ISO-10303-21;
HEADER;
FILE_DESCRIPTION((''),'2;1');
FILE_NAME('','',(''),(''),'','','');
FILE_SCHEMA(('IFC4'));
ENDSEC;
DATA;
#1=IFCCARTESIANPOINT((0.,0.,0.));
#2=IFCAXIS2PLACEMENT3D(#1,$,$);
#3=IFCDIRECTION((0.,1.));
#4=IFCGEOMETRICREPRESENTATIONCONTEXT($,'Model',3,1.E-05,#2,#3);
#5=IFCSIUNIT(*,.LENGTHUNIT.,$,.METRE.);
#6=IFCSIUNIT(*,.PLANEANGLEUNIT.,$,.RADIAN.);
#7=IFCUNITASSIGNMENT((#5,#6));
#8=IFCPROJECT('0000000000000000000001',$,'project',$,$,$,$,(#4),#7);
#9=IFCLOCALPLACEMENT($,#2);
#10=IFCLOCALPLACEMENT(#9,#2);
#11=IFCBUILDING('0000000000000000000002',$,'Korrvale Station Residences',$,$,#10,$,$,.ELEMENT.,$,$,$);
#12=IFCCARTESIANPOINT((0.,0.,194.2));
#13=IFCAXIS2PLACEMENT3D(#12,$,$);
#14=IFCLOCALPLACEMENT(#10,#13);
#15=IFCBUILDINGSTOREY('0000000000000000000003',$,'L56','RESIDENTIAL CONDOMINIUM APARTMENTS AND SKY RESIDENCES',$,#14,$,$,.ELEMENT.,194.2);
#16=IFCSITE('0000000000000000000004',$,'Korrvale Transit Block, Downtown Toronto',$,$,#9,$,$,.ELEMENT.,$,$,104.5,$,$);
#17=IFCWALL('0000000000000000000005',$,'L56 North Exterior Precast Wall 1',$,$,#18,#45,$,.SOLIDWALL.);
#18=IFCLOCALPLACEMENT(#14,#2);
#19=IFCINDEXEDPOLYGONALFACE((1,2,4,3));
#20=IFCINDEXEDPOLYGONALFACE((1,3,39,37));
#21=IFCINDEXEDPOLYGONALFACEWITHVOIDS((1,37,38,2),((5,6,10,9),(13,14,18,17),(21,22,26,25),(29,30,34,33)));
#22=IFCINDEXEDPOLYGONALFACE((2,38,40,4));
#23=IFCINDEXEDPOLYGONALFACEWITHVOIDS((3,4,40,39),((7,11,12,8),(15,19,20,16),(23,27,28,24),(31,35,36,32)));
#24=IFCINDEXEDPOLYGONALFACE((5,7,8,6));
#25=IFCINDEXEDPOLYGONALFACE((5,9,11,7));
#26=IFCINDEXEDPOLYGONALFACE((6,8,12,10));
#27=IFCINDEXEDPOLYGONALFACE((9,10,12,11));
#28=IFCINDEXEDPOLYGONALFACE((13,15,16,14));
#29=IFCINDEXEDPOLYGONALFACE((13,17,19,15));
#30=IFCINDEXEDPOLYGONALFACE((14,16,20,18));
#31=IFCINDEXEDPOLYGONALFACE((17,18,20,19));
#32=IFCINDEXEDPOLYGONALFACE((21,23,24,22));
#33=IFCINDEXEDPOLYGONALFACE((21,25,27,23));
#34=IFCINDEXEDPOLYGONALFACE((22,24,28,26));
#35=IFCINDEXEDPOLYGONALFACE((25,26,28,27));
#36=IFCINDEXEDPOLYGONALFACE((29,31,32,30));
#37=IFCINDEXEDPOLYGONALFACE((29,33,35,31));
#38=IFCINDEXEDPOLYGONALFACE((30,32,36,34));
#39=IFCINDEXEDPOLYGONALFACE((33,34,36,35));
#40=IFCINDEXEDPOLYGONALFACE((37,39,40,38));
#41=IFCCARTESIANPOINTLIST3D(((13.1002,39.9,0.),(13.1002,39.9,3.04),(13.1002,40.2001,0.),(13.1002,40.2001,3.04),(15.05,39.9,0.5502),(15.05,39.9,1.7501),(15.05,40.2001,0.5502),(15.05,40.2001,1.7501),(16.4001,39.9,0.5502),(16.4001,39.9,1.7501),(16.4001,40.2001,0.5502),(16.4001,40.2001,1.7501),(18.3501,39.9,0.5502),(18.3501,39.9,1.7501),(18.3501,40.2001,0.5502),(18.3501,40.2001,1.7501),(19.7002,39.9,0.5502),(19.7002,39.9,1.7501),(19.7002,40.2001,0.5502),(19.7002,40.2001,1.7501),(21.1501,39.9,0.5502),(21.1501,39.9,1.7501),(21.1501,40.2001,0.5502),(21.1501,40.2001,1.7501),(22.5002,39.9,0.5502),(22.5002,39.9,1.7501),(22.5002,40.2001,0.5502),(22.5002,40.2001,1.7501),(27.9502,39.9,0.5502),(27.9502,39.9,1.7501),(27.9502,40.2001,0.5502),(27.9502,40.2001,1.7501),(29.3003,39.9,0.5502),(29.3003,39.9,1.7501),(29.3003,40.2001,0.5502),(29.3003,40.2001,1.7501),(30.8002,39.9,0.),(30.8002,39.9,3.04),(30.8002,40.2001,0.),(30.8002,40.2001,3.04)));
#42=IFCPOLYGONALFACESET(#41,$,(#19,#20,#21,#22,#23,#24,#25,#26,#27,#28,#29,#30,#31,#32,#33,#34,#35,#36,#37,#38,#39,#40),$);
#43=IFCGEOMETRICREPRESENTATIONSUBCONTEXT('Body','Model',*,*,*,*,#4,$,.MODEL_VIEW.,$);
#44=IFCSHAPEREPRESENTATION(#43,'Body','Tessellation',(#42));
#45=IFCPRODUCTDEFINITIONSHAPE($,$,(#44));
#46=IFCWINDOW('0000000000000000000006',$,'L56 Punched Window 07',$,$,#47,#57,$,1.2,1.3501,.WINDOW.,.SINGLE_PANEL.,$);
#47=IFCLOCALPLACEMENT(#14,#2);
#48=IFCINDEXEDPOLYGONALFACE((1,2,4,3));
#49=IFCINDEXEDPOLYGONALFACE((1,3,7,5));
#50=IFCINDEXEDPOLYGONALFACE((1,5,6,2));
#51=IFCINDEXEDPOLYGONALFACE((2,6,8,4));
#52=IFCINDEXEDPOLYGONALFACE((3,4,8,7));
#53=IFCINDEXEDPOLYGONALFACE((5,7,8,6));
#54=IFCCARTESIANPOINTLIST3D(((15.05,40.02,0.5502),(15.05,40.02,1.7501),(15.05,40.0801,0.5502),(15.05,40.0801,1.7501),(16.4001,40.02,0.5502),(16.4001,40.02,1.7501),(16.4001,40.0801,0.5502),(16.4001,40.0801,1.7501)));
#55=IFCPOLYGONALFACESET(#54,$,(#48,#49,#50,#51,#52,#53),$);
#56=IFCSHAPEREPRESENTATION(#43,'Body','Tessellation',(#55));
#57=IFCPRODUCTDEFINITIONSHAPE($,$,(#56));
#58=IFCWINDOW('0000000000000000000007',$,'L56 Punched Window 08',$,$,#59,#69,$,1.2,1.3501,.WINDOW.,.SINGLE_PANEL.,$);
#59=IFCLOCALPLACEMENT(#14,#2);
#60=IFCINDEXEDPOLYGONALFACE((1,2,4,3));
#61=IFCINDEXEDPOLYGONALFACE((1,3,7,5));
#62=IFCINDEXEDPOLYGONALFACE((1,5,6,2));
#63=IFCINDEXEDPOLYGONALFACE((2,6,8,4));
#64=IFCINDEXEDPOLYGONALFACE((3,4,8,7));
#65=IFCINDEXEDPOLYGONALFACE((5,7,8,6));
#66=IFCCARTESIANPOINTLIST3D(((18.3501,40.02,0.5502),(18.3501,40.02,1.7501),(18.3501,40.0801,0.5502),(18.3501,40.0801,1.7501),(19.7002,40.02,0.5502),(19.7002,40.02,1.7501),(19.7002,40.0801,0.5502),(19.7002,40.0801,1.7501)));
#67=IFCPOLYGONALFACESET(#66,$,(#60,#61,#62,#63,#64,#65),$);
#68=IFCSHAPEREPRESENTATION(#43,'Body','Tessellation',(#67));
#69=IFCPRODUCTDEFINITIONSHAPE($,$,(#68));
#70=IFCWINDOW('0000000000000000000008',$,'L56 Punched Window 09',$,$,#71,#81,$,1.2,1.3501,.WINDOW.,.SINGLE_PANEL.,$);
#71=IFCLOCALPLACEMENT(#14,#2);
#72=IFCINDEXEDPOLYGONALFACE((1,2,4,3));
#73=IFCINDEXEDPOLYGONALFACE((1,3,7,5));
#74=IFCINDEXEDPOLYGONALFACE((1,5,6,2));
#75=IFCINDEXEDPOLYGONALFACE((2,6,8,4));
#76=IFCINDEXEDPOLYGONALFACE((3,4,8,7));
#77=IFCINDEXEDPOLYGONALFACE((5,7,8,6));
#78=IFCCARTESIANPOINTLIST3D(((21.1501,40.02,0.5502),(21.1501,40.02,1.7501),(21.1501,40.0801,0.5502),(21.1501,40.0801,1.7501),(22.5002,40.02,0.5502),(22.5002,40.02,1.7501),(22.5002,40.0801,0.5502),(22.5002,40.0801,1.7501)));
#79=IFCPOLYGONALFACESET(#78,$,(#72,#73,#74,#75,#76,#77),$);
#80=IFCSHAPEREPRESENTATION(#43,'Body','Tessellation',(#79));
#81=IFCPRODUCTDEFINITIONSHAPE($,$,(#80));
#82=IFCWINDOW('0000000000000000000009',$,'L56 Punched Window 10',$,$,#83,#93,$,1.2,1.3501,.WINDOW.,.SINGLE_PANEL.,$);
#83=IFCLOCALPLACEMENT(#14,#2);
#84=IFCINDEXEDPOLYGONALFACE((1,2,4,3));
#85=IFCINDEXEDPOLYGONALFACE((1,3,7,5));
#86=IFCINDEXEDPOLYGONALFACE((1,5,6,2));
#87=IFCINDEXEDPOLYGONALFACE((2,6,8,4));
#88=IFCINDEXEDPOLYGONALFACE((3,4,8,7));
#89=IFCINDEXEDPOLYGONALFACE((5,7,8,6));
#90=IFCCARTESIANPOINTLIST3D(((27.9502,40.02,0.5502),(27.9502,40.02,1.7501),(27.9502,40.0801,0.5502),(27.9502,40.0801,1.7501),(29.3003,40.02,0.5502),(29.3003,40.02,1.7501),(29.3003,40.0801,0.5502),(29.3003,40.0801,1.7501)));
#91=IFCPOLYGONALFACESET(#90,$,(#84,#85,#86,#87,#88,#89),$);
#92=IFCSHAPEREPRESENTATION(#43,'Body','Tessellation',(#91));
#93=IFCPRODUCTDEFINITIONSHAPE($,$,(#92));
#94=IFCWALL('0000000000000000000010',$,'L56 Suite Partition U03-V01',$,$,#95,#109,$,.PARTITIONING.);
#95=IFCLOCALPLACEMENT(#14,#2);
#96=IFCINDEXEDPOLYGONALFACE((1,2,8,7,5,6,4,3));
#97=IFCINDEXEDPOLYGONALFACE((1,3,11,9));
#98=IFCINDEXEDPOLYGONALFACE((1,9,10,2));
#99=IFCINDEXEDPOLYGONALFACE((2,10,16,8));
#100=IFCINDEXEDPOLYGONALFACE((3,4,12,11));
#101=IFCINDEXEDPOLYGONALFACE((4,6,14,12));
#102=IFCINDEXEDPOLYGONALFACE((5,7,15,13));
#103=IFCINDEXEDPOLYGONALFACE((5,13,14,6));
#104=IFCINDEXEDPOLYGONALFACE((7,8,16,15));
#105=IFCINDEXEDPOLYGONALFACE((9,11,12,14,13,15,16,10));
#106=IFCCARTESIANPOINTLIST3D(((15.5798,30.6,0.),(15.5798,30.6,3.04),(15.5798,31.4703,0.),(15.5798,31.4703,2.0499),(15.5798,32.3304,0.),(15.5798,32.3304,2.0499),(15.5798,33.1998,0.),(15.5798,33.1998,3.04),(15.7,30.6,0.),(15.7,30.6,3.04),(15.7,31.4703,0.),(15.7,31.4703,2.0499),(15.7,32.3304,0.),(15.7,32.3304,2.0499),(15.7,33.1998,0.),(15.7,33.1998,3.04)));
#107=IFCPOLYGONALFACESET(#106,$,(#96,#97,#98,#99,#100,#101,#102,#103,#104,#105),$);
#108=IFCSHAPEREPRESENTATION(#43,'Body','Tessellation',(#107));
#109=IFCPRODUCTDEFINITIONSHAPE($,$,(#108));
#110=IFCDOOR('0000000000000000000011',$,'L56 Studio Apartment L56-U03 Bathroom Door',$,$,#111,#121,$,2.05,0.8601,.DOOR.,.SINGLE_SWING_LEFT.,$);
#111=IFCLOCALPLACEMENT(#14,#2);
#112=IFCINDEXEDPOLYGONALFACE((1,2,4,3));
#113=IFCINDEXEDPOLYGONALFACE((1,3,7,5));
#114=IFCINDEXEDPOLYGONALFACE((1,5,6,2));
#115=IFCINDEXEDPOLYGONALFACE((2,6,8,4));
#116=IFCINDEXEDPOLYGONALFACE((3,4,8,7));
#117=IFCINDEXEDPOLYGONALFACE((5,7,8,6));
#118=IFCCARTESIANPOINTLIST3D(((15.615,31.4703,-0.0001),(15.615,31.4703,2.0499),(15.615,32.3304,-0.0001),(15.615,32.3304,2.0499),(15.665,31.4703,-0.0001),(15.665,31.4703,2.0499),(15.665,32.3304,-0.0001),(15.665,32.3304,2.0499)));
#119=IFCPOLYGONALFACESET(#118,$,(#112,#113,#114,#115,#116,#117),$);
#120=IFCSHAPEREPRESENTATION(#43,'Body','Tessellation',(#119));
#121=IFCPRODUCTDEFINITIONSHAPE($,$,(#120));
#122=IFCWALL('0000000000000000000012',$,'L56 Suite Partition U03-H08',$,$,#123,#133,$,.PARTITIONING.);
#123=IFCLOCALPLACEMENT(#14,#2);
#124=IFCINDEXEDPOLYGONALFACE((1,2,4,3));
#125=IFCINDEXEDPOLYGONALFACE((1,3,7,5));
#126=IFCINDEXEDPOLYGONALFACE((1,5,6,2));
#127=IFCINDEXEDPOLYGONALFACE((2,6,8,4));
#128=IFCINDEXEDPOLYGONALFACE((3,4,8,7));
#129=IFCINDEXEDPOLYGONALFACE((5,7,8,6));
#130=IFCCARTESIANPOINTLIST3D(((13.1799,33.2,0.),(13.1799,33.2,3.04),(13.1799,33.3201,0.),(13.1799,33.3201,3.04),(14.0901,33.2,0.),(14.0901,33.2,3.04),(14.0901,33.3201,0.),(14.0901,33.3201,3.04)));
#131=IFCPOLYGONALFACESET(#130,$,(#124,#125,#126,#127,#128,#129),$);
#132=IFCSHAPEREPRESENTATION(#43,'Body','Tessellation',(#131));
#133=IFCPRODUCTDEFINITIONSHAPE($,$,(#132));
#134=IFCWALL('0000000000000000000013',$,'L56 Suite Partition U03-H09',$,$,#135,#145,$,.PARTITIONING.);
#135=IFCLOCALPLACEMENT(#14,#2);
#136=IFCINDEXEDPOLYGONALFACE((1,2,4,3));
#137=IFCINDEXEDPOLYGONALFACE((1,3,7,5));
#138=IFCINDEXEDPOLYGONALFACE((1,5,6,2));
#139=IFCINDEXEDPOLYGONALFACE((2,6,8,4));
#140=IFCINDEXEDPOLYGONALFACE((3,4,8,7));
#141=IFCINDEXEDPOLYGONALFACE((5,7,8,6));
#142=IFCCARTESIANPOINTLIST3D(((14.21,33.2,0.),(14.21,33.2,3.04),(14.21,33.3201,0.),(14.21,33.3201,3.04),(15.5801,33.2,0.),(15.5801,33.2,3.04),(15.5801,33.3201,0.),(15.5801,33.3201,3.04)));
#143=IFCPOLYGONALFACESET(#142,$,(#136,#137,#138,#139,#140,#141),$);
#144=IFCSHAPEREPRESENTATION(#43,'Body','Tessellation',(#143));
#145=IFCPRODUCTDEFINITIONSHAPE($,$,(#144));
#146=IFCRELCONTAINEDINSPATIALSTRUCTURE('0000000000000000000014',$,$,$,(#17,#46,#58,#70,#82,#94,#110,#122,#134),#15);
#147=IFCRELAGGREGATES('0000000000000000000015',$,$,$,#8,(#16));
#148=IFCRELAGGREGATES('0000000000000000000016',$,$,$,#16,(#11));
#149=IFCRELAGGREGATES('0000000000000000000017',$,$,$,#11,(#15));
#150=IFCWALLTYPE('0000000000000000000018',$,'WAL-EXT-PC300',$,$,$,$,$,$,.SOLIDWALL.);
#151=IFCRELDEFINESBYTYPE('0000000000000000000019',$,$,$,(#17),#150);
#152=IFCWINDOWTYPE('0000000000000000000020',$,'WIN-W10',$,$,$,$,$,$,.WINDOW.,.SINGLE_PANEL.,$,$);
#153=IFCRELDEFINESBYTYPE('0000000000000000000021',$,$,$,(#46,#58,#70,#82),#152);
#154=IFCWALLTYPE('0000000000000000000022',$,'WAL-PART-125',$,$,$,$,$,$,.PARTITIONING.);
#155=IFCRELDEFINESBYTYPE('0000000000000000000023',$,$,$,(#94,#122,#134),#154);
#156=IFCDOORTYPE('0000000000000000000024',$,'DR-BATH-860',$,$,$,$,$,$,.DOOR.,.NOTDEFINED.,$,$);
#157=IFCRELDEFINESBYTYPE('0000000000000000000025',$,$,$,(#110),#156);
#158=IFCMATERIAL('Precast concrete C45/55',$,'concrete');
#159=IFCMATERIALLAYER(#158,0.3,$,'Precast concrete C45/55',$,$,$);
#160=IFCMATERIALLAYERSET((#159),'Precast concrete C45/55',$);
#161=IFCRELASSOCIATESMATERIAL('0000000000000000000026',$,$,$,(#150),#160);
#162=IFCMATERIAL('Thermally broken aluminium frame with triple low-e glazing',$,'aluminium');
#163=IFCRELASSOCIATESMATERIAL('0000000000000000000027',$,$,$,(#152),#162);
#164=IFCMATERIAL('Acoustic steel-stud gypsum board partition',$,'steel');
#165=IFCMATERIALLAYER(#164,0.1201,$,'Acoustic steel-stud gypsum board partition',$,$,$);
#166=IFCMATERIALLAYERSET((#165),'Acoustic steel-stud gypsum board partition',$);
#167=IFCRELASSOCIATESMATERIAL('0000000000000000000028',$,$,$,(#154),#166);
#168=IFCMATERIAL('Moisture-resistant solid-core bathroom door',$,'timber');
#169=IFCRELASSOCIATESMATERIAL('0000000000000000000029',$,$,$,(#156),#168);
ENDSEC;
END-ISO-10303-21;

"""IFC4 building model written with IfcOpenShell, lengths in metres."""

from ifc_helpers import new_model, si_unit, direction, frame, frame_2d, origin, place, context, subcontext, project, spatial, rectangle, extrude, material, layer, layer_set, type_object, element, fill, save


model = new_model("IFC4")

# Units and contexts
model_context = context("Model", 3, precision=1e-05, world=origin(), true_north=direction((0.0, 1.0)))
body_context = subcontext(model_context, "Body", "Model", "MODEL_VIEW")
ifc_project = project(units=[si_unit("LENGTHUNIT", "METRE"), si_unit("PLANEANGLEUNIT", "RADIAN")], contexts=[model_context])

# Site, building, storey
site_placement = place(None, origin())
site = spatial("IfcSite", under=ifc_project, at=site_placement, Name="Korrvale Transit Block, Downtown Toronto", CompositionType="ELEMENT", RefElevation=104.5)
building_placement = place(site_placement, origin())
building = spatial("IfcBuilding", under=site, at=building_placement, Name="Korrvale Station Residences", CompositionType="ELEMENT")
storey_placement = place(building_placement, frame((0.0, 0.0, 194.2)))
storey = spatial("IfcBuildingStorey", under=building, at=storey_placement, Name="L56", Description="RESIDENTIAL CONDOMINIUM APARTMENTS AND SKY RESIDENCES", CompositionType="ELEMENT", Elevation=194.2)

# Shared definitions
ifc_material_1 = material(Name="Precast concrete C45/55", Category="concrete")

# Wall, openings, windows
ifc_layer_1 = layer(ifc_material_1, 0.3, Name="Precast concrete C45/55")
ifc_layer_set_1 = layer_set([ifc_layer_1], Name="Precast concrete C45/55")
wall_type_1 = type_object("IfcWallType", Name="WAL-EXT-PC300", PredefinedType="SOLIDWALL", material=ifc_layer_set_1)
wall_1_placement = place(storey_placement, frame((13.1001, 40.05, 0.0), z_axis=(0.0, 0.0, 1.0), x_axis=(1.0, 0.0, 0.0)))
wall_1 = element("IfcWall", 1, at=wall_1_placement, inside=storey, type_object=wall_type_1, Name="L56 North Exterior Precast Wall 1", PredefinedType="SOLIDWALL", context=body_context, shape_type="SweptSolid", body=[
    extrude(rectangle(XDim=17.7, YDim=0.3, at=frame_2d((8.8501, 0.0))), origin(), (0.0, 0.0, 1.0), 3.04),
])
opening_1_placement = place(wall_1_placement, frame((1.95, 0.0, 0.55)))
opening_1 = element("IfcOpeningElement", 2, at=opening_1_placement, cuts=wall_1, PredefinedType="OPENING", context=body_context, shape_type="SweptSolid", body=[
    extrude(rectangle(XDim=1.3501, YDim=1.2, at=frame_2d((0.675, 0.6001))), frame((0.0, 0.1602, 0.0), z_axis=(0.0, -1.0, 0.0), x_axis=(1.0, 0.0, 0.0)), (0.0, 0.0, 1.0), 0.3201),
])
opening_2_placement = place(wall_1_placement, frame((5.25, 0.0, 0.55)))
opening_2 = element("IfcOpeningElement", 3, at=opening_2_placement, cuts=wall_1, PredefinedType="OPENING", context=body_context, shape_type="SweptSolid", body=[
    extrude(rectangle(XDim=1.3501, YDim=1.2, at=frame_2d((0.675, 0.6001))), frame((0.0, 0.1602, 0.0), z_axis=(0.0, -1.0, 0.0), x_axis=(1.0, 0.0, 0.0)), (0.0, 0.0, 1.0), 0.3201),
])
opening_3_placement = place(wall_1_placement, frame((8.05, 0.0, 0.55)))
opening_3 = element("IfcOpeningElement", 4, at=opening_3_placement, cuts=wall_1, PredefinedType="OPENING", context=body_context, shape_type="SweptSolid", body=[
    extrude(rectangle(XDim=1.3501, YDim=1.2, at=frame_2d((0.675, 0.6001))), frame((0.0, 0.1602, 0.0), z_axis=(0.0, -1.0, 0.0), x_axis=(1.0, 0.0, 0.0)), (0.0, 0.0, 1.0), 0.3201),
])
opening_4_placement = place(wall_1_placement, frame((14.8501, 0.0, 0.55)))
opening_4 = element("IfcOpeningElement", 5, at=opening_4_placement, cuts=wall_1, PredefinedType="OPENING", context=body_context, shape_type="SweptSolid", body=[
    extrude(rectangle(XDim=1.3501, YDim=1.2, at=frame_2d((0.675, 0.6001))), frame((0.0, 0.1602, 0.0), z_axis=(0.0, -1.0, 0.0), x_axis=(1.0, 0.0, 0.0)), (0.0, 0.0, 1.0), 0.3201),
])
ifc_material_2 = material(Name="Thermally broken aluminium frame with triple low-e glazing", Category="aluminium")
window_type = type_object("IfcWindowType", Name="WIN-W10", PartitioningType="SINGLE_PANEL", PredefinedType="WINDOW", material=ifc_material_2)
window_1_placement = place(opening_1_placement, origin())
window_1 = element("IfcWindow", 6, at=window_1_placement, inside=storey, type_object=window_type, Name="L56 Punched Window 07", OverallHeight=1.2, OverallWidth=1.3501, PartitioningType="SINGLE_PANEL", PredefinedType="WINDOW", context=body_context, shape_type="SweptSolid", body=[
    extrude(rectangle(XDim=1.3501, YDim=1.2, at=frame_2d((0.675, 0.6001))), frame((0.0, 0.03, 0.0), z_axis=(0.0, -1.0, 0.0), x_axis=(1.0, 0.0, 0.0)), (0.0, 0.0, 1.0), 0.0601),
])
fill(opening_1, window_1)
window_2_placement = place(opening_2_placement, origin())
window_2 = element("IfcWindow", 7, at=window_2_placement, inside=storey, type_object=window_type, Name="L56 Punched Window 08", OverallHeight=1.2, OverallWidth=1.3501, PartitioningType="SINGLE_PANEL", PredefinedType="WINDOW", context=body_context, shape_type="SweptSolid", body=[
    extrude(rectangle(XDim=1.3501, YDim=1.2, at=frame_2d((0.675, 0.6001))), frame((0.0, 0.03, 0.0), z_axis=(0.0, -1.0, 0.0), x_axis=(1.0, 0.0, 0.0)), (0.0, 0.0, 1.0), 0.0601),
])
fill(opening_2, window_2)
window_3_placement = place(opening_3_placement, origin())
window_3 = element("IfcWindow", 8, at=window_3_placement, inside=storey, type_object=window_type, Name="L56 Punched Window 09", OverallHeight=1.2, OverallWidth=1.3501, PartitioningType="SINGLE_PANEL", PredefinedType="WINDOW", context=body_context, shape_type="SweptSolid", body=[
    extrude(rectangle(XDim=1.3501, YDim=1.2, at=frame_2d((0.675, 0.6001))), frame((0.0, 0.03, 0.0), z_axis=(0.0, -1.0, 0.0), x_axis=(1.0, 0.0, 0.0)), (0.0, 0.0, 1.0), 0.0601),
])
fill(opening_3, window_3)
window_4_placement = place(opening_4_placement, origin())
window_4 = element("IfcWindow", 9, at=window_4_placement, inside=storey, type_object=window_type, Name="L56 Punched Window 10", OverallHeight=1.2, OverallWidth=1.3501, PartitioningType="SINGLE_PANEL", PredefinedType="WINDOW", context=body_context, shape_type="SweptSolid", body=[
    extrude(rectangle(XDim=1.3501, YDim=1.2, at=frame_2d((0.675, 0.6001))), frame((0.0, 0.03, 0.0), z_axis=(0.0, -1.0, 0.0), x_axis=(1.0, 0.0, 0.0)), (0.0, 0.0, 1.0), 0.0601),
])
fill(opening_4, window_4)

# Wall, opening, door
ifc_material_3 = material(Name="Acoustic steel-stud gypsum board partition", Category="steel")
ifc_layer_2 = layer(ifc_material_3, 0.1201, Name="Acoustic steel-stud gypsum board partition")
ifc_layer_set_2 = layer_set([ifc_layer_2], Name="Acoustic steel-stud gypsum board partition")
wall_type_2 = type_object("IfcWallType", Name="WAL-PART-125", PredefinedType="PARTITIONING", material=ifc_layer_set_2)
wall_2_placement = place(storey_placement, frame((15.6399, 30.6001, 0.0), z_axis=(0.0, 0.0, 1.0), x_axis=(0.0, 1.0, 0.0)))
wall_2 = element("IfcWall", 10, at=wall_2_placement, inside=storey, type_object=wall_type_2, Name="L56 Suite Partition U03-V01", PredefinedType="PARTITIONING", context=body_context, shape_type="SweptSolid", body=[
    extrude(rectangle(XDim=2.5999, YDim=0.1201, at=frame_2d((1.2998, 0.0))), origin(), (0.0, 0.0, 1.0), 3.04),
])
opening_5_placement = place(wall_2_placement, frame((0.8701, 0.0, 0.0)))
opening_5 = element("IfcOpeningElement", 11, at=opening_5_placement, cuts=wall_2, PredefinedType="OPENING", context=body_context, shape_type="SweptSolid", body=[
    extrude(rectangle(XDim=0.8601, YDim=2.05, at=frame_2d((0.4302, 1.0249))), frame((0.0, 0.0701, 0.0), z_axis=(0.0, -1.0, 0.0), x_axis=(1.0, 0.0, 0.0)), (0.0, 0.0, 1.0), 0.1401),
])
ifc_material_4 = material(Name="Moisture-resistant solid-core bathroom door", Category="timber")
door_type_1 = type_object("IfcDoorType", Name="DR-BATH-860", OperationType="NOTDEFINED", PredefinedType="DOOR", material=ifc_material_4)
door_1_placement = place(opening_5_placement, origin())
door_1 = element("IfcDoor", 12, at=door_1_placement, inside=storey, type_object=door_type_1, Name="L56 Studio Apartment L56-U03 Bathroom Door", OperationType="SINGLE_SWING_LEFT", OverallHeight=2.05, OverallWidth=0.8601, PredefinedType="DOOR", context=body_context, shape_type="SweptSolid", body=[
    extrude(rectangle(XDim=0.8601, YDim=2.05, at=frame_2d((0.4302, 1.0249))), frame((0.0, 0.0249, 0.0), z_axis=(0.0, -1.0, 0.0), x_axis=(1.0, 0.0, 0.0)), (0.0, 0.0, 1.0), 0.05),
])
fill(opening_5, door_1)

# Walls
wall_3_placement = place(storey_placement, frame((13.1799, 33.26, 0.0), z_axis=(0.0, 0.0, 1.0), x_axis=(1.0, 0.0, 0.0)))
element("IfcWall", 13, at=wall_3_placement, inside=storey, type_object=wall_type_2, Name="L56 Suite Partition U03-H08", PredefinedType="PARTITIONING", context=body_context, shape_type="SweptSolid", body=[
    extrude(rectangle(XDim=0.9102, YDim=0.1201, at=frame_2d((0.4551, 0.0))), origin(), (0.0, 0.0, 1.0), 3.04),
])
wall_4_placement = place(storey_placement, frame((14.21, 33.26, 0.0), z_axis=(0.0, 0.0, 1.0), x_axis=(1.0, 0.0, 0.0)))
element("IfcWall", 14, at=wall_4_placement, inside=storey, type_object=wall_type_2, Name="L56 Suite Partition U03-H09", PredefinedType="PARTITIONING", context=body_context, shape_type="SweptSolid", body=[
    extrude(rectangle(XDim=1.3701, YDim=0.1201, at=frame_2d((0.6851, 0.0))), origin(), (0.0, 0.0, 1.0), 3.04),
])

save(model, "model.ifc")
